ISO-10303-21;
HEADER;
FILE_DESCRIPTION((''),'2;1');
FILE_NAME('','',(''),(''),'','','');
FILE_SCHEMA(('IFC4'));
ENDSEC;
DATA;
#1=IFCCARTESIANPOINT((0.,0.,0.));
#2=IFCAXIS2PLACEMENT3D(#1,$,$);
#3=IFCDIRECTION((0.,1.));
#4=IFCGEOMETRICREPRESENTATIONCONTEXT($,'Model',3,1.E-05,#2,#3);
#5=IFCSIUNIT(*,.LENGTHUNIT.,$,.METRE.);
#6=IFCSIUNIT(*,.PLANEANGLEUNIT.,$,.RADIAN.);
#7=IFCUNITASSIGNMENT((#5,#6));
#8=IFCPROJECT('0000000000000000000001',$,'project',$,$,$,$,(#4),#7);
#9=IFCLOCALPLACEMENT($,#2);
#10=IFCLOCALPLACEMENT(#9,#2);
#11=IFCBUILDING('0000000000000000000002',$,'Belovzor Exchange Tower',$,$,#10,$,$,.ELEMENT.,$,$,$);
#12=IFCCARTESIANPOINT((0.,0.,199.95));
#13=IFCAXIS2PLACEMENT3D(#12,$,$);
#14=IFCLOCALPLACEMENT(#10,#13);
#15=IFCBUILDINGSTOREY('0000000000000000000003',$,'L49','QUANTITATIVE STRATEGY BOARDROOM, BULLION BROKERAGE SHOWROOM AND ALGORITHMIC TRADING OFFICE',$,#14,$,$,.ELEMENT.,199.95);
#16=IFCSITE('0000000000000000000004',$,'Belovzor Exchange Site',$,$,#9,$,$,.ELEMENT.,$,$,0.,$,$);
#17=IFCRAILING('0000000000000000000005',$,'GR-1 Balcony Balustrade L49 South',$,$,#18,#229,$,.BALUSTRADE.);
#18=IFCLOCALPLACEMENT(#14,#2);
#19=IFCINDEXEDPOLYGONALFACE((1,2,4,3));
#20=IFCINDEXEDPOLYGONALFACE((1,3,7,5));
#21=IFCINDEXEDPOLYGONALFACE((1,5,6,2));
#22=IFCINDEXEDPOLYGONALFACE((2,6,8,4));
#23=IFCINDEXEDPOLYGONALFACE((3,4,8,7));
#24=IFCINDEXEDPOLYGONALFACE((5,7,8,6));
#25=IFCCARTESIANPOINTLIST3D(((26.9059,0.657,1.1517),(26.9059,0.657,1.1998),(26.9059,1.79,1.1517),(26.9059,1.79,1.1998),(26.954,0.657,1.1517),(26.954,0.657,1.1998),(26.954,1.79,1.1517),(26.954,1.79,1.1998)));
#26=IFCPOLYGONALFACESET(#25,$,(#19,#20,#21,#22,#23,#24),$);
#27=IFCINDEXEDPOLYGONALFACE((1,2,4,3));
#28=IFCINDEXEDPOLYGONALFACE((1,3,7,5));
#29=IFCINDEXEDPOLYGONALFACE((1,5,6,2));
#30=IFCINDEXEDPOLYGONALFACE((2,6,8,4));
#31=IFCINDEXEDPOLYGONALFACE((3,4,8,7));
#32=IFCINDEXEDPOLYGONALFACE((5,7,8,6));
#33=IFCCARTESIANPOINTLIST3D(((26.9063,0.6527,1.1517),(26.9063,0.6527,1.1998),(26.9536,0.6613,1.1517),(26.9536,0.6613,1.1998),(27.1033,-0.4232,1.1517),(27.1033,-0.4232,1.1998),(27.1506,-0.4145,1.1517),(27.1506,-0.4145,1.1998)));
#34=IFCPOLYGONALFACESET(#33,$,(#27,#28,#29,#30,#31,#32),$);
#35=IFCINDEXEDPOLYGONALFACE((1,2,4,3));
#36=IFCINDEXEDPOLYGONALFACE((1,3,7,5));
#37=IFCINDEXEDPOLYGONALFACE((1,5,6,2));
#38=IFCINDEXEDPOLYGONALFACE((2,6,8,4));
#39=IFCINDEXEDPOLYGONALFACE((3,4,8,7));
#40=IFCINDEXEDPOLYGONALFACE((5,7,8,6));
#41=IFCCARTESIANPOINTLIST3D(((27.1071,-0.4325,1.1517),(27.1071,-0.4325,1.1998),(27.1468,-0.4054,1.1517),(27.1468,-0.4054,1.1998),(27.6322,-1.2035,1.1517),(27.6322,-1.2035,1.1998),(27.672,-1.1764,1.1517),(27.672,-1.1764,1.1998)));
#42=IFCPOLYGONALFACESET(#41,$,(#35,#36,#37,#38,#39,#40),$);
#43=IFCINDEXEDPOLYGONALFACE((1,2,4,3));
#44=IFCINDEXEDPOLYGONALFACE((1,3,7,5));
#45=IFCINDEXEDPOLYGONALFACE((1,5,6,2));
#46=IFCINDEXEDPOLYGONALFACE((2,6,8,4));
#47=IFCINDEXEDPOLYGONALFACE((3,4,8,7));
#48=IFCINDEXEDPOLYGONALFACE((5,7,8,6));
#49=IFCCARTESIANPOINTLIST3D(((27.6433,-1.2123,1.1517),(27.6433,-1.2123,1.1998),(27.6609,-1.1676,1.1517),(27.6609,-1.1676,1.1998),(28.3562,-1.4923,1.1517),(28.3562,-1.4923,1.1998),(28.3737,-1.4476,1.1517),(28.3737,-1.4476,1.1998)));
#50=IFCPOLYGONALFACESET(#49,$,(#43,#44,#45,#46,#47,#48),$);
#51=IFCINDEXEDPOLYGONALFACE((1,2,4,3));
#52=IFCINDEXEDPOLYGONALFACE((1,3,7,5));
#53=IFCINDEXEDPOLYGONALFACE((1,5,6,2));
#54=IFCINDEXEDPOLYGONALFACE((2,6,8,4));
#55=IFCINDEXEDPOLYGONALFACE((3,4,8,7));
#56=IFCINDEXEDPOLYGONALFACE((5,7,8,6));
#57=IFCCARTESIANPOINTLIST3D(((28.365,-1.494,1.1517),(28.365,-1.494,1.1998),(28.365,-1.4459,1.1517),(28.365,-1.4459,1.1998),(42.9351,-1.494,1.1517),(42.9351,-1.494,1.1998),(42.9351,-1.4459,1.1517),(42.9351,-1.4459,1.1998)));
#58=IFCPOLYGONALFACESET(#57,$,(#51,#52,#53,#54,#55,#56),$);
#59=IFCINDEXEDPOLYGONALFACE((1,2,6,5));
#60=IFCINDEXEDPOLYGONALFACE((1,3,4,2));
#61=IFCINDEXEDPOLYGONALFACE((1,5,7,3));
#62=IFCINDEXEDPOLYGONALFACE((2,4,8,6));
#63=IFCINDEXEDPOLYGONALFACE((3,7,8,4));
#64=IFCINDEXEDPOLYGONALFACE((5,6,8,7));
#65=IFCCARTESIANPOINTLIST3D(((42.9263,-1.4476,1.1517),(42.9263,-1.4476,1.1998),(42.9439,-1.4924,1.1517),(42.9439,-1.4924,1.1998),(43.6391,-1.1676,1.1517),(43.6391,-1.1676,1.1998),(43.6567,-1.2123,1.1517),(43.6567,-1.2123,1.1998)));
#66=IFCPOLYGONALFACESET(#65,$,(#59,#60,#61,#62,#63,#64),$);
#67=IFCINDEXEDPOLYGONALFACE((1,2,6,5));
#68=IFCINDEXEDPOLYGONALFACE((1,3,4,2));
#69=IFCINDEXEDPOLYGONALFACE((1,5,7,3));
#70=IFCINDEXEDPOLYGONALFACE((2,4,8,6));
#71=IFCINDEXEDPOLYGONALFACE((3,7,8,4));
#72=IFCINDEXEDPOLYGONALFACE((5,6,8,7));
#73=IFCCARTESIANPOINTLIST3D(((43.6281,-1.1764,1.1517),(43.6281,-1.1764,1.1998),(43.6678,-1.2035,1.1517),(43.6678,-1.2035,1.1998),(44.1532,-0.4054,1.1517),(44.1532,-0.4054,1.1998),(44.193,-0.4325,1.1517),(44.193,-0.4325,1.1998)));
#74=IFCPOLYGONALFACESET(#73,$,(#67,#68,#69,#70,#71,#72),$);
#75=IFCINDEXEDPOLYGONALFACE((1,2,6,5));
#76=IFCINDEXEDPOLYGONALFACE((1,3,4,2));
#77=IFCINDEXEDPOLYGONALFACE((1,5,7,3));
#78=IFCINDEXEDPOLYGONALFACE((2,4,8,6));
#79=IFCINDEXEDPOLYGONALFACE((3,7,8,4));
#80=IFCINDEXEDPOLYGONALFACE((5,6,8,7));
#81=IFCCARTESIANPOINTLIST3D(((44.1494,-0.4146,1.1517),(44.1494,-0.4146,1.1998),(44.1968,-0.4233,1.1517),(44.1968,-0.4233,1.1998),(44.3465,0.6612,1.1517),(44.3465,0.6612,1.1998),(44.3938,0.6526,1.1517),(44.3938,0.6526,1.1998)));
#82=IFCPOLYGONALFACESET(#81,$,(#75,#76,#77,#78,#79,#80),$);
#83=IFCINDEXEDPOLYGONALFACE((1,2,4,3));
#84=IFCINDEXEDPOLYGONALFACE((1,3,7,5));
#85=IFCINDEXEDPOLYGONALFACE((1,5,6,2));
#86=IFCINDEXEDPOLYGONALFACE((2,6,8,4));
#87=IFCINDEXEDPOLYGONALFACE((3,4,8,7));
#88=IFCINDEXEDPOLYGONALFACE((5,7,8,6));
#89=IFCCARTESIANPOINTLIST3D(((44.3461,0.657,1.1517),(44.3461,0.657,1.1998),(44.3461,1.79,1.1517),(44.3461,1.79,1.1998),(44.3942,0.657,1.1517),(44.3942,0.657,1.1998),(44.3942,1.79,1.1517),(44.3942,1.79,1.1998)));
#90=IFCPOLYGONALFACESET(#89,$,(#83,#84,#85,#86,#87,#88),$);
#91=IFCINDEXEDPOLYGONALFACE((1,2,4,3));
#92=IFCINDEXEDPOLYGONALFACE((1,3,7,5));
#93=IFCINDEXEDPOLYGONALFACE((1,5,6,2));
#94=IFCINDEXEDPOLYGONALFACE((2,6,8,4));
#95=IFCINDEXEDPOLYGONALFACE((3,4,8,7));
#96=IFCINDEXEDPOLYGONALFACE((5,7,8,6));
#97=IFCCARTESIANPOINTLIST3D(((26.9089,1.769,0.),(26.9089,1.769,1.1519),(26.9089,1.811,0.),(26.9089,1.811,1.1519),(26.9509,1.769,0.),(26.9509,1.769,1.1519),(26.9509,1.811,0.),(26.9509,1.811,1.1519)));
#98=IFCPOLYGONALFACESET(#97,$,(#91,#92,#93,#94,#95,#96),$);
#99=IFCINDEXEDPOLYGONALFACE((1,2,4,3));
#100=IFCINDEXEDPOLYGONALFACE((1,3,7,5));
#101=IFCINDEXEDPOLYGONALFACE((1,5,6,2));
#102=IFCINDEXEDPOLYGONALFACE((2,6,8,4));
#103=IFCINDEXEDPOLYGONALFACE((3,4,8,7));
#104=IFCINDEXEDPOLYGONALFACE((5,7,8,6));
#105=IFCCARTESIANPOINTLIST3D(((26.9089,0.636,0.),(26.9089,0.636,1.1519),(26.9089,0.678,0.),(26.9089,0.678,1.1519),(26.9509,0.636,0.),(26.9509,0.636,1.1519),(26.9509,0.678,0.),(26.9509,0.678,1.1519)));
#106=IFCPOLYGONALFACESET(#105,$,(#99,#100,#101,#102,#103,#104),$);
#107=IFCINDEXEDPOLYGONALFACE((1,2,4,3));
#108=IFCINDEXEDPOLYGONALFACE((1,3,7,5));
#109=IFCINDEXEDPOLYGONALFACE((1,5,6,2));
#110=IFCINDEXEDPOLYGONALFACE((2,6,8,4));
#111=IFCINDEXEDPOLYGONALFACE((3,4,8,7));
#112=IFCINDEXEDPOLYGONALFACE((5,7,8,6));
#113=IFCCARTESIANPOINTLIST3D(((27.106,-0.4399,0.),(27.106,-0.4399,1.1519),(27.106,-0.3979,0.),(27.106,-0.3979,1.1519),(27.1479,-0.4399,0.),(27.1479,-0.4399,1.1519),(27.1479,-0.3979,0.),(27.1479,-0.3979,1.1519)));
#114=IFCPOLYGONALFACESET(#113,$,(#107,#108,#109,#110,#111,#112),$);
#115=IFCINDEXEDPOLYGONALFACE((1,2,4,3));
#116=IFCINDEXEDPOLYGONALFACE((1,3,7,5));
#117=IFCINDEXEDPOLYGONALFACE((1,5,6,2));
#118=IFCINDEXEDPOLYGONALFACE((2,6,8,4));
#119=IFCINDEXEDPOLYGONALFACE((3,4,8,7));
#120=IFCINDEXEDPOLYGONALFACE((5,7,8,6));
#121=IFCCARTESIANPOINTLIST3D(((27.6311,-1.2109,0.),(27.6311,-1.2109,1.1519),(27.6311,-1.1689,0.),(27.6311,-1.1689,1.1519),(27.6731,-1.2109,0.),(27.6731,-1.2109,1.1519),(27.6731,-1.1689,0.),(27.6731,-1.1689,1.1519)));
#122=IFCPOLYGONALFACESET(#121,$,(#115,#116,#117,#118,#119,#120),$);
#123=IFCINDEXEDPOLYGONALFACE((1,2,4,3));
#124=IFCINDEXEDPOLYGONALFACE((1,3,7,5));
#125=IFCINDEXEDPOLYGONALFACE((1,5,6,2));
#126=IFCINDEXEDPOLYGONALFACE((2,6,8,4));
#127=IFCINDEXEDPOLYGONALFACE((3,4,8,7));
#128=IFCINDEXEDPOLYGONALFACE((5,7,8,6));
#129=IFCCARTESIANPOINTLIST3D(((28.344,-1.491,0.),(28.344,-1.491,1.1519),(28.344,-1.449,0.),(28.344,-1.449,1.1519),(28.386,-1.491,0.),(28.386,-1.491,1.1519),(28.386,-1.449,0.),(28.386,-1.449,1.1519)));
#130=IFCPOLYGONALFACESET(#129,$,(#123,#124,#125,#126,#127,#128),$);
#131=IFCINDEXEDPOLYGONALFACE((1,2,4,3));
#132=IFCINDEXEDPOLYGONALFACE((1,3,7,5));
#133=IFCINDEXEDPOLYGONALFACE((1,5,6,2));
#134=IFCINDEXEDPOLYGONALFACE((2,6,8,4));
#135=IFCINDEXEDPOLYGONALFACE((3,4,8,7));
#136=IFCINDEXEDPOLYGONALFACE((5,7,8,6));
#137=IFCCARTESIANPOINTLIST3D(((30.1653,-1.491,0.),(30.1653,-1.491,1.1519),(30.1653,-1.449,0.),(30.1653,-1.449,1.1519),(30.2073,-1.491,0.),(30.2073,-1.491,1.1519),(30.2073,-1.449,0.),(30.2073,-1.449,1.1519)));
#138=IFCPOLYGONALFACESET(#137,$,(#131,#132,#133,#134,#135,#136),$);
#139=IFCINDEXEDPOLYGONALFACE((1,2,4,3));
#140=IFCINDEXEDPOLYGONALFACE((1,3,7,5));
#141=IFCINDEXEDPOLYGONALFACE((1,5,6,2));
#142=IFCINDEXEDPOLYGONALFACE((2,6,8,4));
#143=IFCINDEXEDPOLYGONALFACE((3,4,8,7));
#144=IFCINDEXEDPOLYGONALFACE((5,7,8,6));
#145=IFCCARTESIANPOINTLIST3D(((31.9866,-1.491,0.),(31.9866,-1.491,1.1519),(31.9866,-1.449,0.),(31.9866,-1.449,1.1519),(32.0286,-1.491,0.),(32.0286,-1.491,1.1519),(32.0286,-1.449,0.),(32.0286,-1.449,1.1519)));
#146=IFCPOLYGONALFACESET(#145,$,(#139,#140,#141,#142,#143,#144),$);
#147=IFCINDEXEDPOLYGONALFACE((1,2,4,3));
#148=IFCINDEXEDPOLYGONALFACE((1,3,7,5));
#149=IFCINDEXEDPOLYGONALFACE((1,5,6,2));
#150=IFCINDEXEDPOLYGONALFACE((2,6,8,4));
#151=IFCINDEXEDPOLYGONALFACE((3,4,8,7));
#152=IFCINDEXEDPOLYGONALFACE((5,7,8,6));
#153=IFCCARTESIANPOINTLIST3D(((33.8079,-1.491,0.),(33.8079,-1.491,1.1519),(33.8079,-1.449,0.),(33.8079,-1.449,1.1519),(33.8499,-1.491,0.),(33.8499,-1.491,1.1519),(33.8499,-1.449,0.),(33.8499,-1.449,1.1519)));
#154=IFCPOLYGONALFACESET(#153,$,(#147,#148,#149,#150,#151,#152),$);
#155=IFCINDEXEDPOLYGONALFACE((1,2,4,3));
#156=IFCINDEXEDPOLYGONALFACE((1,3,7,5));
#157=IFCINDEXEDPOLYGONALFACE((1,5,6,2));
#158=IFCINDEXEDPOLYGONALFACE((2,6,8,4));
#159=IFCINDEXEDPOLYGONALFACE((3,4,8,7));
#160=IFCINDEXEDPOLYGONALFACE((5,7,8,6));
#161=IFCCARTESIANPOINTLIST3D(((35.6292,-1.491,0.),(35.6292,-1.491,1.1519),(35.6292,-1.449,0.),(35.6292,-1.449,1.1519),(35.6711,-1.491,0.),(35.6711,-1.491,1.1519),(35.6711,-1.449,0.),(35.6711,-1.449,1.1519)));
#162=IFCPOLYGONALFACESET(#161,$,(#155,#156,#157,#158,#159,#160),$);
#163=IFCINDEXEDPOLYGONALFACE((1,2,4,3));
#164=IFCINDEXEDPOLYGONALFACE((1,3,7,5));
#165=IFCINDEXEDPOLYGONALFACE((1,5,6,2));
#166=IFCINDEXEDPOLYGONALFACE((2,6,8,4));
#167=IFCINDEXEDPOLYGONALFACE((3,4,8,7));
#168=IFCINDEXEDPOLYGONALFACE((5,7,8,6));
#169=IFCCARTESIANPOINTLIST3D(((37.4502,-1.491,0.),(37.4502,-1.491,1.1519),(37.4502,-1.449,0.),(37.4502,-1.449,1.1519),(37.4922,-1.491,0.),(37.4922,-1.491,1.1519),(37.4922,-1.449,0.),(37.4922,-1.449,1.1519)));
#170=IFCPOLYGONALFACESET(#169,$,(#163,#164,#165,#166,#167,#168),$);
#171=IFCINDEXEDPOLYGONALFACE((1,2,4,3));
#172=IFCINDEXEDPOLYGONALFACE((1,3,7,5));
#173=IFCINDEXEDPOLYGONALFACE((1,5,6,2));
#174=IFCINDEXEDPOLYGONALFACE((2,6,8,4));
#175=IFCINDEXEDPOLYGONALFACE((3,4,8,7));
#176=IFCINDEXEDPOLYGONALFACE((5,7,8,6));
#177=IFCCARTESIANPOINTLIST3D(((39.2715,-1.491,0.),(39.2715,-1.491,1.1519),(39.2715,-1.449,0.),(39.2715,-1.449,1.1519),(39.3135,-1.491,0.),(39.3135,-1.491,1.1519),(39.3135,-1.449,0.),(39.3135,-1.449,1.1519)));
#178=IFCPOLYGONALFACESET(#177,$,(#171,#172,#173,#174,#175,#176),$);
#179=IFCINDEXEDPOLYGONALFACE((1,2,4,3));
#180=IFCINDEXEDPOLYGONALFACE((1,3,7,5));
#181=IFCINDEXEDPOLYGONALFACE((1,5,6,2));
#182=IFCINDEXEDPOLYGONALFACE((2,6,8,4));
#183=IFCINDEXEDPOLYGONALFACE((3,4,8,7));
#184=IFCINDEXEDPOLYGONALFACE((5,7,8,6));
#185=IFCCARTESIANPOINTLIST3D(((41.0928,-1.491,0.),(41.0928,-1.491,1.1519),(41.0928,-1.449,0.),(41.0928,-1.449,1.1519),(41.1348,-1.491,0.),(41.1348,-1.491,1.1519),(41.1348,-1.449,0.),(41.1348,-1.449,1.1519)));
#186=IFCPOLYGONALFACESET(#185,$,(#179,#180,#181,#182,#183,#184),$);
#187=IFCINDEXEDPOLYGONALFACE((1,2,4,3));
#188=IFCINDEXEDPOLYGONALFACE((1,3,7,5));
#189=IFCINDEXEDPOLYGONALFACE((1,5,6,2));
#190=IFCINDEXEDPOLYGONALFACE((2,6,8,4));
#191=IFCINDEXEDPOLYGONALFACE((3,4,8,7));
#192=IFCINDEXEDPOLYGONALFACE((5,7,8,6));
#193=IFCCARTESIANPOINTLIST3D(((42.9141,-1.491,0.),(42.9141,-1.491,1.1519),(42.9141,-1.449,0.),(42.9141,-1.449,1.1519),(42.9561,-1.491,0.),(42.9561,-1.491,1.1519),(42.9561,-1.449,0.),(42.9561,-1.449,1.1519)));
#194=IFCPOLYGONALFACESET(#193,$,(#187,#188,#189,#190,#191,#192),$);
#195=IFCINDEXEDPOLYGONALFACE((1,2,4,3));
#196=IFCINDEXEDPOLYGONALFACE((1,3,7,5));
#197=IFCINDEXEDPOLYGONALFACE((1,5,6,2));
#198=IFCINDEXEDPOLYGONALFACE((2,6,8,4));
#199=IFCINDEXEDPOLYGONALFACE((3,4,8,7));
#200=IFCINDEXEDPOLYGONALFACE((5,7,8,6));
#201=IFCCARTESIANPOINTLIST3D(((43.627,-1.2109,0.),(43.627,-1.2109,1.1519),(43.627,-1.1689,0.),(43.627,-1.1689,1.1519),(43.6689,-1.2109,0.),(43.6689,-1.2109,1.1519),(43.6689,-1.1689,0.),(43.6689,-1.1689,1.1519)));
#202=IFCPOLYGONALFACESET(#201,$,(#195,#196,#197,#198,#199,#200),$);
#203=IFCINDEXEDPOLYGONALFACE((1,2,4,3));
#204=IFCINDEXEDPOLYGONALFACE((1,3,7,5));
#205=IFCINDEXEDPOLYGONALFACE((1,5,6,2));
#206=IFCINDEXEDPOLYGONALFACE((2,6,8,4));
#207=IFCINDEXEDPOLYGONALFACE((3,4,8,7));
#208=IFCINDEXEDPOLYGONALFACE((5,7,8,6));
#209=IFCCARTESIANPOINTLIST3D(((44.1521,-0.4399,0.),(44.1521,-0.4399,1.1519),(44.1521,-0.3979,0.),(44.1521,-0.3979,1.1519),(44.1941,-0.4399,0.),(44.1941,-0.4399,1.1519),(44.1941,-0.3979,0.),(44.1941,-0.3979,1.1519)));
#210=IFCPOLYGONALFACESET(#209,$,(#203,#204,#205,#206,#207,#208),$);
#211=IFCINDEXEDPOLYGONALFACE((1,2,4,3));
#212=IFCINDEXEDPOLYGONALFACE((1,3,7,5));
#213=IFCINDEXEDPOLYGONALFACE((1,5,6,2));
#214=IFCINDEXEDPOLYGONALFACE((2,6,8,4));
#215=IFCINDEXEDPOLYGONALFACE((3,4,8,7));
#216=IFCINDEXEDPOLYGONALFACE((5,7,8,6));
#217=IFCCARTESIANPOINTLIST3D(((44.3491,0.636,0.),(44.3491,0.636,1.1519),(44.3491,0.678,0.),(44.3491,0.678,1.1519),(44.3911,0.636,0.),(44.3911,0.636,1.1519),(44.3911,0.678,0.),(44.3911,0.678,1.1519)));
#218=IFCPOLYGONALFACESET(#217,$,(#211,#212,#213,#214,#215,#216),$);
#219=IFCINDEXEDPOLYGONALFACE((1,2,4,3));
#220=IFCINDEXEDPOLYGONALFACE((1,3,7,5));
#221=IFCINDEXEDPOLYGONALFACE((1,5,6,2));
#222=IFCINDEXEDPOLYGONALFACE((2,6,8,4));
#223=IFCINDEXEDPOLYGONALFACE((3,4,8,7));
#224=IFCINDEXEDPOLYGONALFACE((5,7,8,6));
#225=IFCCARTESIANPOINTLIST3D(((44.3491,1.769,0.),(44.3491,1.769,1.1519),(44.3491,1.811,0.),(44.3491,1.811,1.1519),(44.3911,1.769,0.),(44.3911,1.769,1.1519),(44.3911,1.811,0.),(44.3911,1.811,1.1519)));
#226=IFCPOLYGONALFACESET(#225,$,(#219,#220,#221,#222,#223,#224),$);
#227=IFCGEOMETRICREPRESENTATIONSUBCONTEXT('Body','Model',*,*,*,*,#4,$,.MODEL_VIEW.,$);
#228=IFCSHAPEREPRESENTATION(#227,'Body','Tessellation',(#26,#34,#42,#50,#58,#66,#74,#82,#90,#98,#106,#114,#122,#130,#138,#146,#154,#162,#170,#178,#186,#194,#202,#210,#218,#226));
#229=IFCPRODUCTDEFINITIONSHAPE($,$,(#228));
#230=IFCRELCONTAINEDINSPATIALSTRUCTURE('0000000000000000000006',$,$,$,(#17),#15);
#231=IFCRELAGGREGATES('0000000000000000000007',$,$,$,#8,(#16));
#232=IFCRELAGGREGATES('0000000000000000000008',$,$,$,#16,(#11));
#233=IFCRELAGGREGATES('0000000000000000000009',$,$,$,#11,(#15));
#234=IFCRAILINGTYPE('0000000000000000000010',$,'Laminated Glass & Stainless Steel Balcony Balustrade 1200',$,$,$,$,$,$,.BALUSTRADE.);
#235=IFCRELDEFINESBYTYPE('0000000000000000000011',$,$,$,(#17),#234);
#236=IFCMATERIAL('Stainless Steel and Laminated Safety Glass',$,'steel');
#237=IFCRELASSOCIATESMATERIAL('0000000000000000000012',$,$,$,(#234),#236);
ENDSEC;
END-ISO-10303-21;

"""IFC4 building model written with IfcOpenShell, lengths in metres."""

from ifc_helpers import new_model, si_unit, direction, frame, origin, origin_2d, place, context, subcontext, project, spatial, rectangle, extrude, material, type_object, element, save


model = new_model("IFC4")

# Units and contexts
model_context = context("Model", 3, precision=1e-05, world=origin(), true_north=direction((0.0, 1.0)))
body_context = subcontext(model_context, "Body", "Model", "MODEL_VIEW")
ifc_project = project(units=[si_unit("LENGTHUNIT", "METRE"), si_unit("PLANEANGLEUNIT", "RADIAN")], contexts=[model_context])

# Site, building, storey
site_placement = place(None, origin())
site = spatial("IfcSite", under=ifc_project, at=site_placement, Name="Belovzor Exchange Site", CompositionType="ELEMENT", RefElevation=0.0)
building_placement = place(site_placement, origin())
building = spatial("IfcBuilding", under=site, at=building_placement, Name="Belovzor Exchange Tower", CompositionType="ELEMENT")
storey_placement = place(building_placement, frame((0.0, 0.0, 199.95)))
storey = spatial("IfcBuildingStorey", under=building, at=storey_placement, Name="L49", Description="QUANTITATIVE STRATEGY BOARDROOM, BULLION BROKERAGE SHOWROOM AND ALGORITHMIC TRADING OFFICE", CompositionType="ELEMENT", Elevation=199.95)

# Railing
ifc_material_1 = material(Name="Stainless Steel and Laminated Safety Glass", Category="steel")
railing_type = type_object("IfcRailingType", Name="Laminated Glass & Stainless Steel Balcony Balustrade 1200", PredefinedType="BALUSTRADE", material=ifc_material_1)
railing_placement = place(storey_placement, frame((26.9299, 1.79, 0.0)))
element("IfcRailing", 1, at=railing_placement, inside=storey, type_object=railing_type, Name="GR-1 Balcony Balustrade L49 South", PredefinedType="BALUSTRADE", context=body_context, shape_type="SweptSolid", body=[
    extrude(rectangle(XDim=0.0481, YDim=0.0481, at=origin_2d()), frame((0.0, 0.0, 1.1758), z_axis=(0.0, -1.0, 0.0), x_axis=(1.0, 0.0, 0.0)), (0.0, 0.0, 1.0), 1.1331),
    extrude(rectangle(XDim=0.0481, YDim=0.0481, at=origin_2d()), frame((0.0, -1.1331, 1.1758), z_axis=(0.180123, -0.983644, 0.0), x_axis=(0.983644, 0.180123, 0.0)), (0.0, 0.0, 1.0), 1.0938),
    extrude(rectangle(XDim=0.0481, YDim=0.0481, at=origin_2d()), frame((0.197, -2.209, 1.1758), z_axis=(0.562947, -0.826493, 0.0), x_axis=(0.826493, 0.562947, 0.0)), (0.0, 0.0, 1.0), 0.9329),
    extrude(rectangle(XDim=0.0481, YDim=0.0481, at=origin_2d()), frame((0.7222, -2.98, 1.1758), z_axis=(0.930767, -0.365613, 0.0), x_axis=(0.365613, 0.930767, 0.0)), (0.0, 0.0, 1.0), 0.7659),
    extrude(rectangle(XDim=0.0481, YDim=0.0481, at=origin_2d()), frame((1.4351, -3.26, 1.1758), z_axis=(1.0, 0.0, 0.0), x_axis=(0.0, 1.0, 0.0)), (0.0, 0.0, 1.0), 14.5701),
    extrude(rectangle(XDim=0.0481, YDim=0.0481, at=origin_2d()), frame((16.0051, -3.26, 1.1758), z_axis=(0.930767, 0.365613, 0.0), x_axis=(-0.365613, 0.930767, 0.0)), (0.0, 0.0, 1.0), 0.7659),
    extrude(rectangle(XDim=0.0481, YDim=0.0481, at=origin_2d()), frame((16.718, -2.98, 1.1758), z_axis=(0.562947, 0.826493, 0.0), x_axis=(-0.826493, 0.562947, 0.0)), (0.0, 0.0, 1.0), 0.9329),
    extrude(rectangle(XDim=0.0481, YDim=0.0481, at=origin_2d()), frame((17.2432, -2.209, 1.1758), z_axis=(0.180123, 0.983644, 0.0), x_axis=(-0.983644, 0.180123, 0.0)), (0.0, 0.0, 1.0), 1.0938),
    extrude(rectangle(XDim=0.0481, YDim=0.0481, at=origin_2d()), frame((17.4402, -1.1331, 1.1758), z_axis=(0.0, 1.0, 0.0), x_axis=(-1.0, 0.0, 0.0)), (0.0, 0.0, 1.0), 1.1331),
    extrude(rectangle(XDim=0.042, YDim=0.042, at=origin_2d()), origin(), (0.0, 0.0, 1.0), 1.1519),
    extrude(rectangle(XDim=0.042, YDim=0.042, at=origin_2d()), frame((0.0, -1.1331, 0.0)), (0.0, 0.0, 1.0), 1.1519),
    extrude(rectangle(XDim=0.042, YDim=0.042, at=origin_2d()), frame((0.197, -2.209, 0.0)), (0.0, 0.0, 1.0), 1.1519),
    extrude(rectangle(XDim=0.042, YDim=0.042, at=origin_2d()), frame((0.7222, -2.98, 0.0)), (0.0, 0.0, 1.0), 1.1519),
    extrude(rectangle(XDim=0.042, YDim=0.042, at=origin_2d()), frame((1.4351, -3.26, 0.0)), (0.0, 0.0, 1.0), 1.1519),
    extrude(rectangle(XDim=0.042, YDim=0.042, at=origin_2d()), frame((3.2563, -3.26, 0.0)), (0.0, 0.0, 1.0), 1.1519),
    extrude(rectangle(XDim=0.042, YDim=0.042, at=origin_2d()), frame((5.0776, -3.26, 0.0)), (0.0, 0.0, 1.0), 1.1519),
    extrude(rectangle(XDim=0.042, YDim=0.042, at=origin_2d()), frame((6.8989, -3.26, 0.0)), (0.0, 0.0, 1.0), 1.1519),
    extrude(rectangle(XDim=0.042, YDim=0.042, at=origin_2d()), frame((8.7202, -3.26, 0.0)), (0.0, 0.0, 1.0), 1.1519),
    extrude(rectangle(XDim=0.042, YDim=0.042, at=origin_2d()), frame((10.5413, -3.26, 0.0)), (0.0, 0.0, 1.0), 1.1519),
    extrude(rectangle(XDim=0.042, YDim=0.042, at=origin_2d()), frame((12.3625, -3.26, 0.0)), (0.0, 0.0, 1.0), 1.1519),
    extrude(rectangle(XDim=0.042, YDim=0.042, at=origin_2d()), frame((14.1838, -3.26, 0.0)), (0.0, 0.0, 1.0), 1.1519),
    extrude(rectangle(XDim=0.042, YDim=0.042, at=origin_2d()), frame((16.0051, -3.26, 0.0)), (0.0, 0.0, 1.0), 1.1519),
    extrude(rectangle(XDim=0.042, YDim=0.042, at=origin_2d()), frame((16.718, -2.98, 0.0)), (0.0, 0.0, 1.0), 1.1519),
    extrude(rectangle(XDim=0.042, YDim=0.042, at=origin_2d()), frame((17.2432, -2.209, 0.0)), (0.0, 0.0, 1.0), 1.1519),
    extrude(rectangle(XDim=0.042, YDim=0.042, at=origin_2d()), frame((17.4402, -1.1331, 0.0)), (0.0, 0.0, 1.0), 1.1519),
    extrude(rectangle(XDim=0.042, YDim=0.042, at=origin_2d()), frame((17.4402, 0.0, 0.0)), (0.0, 0.0, 1.0), 1.1519),
])

save(model, "model.ifc")
